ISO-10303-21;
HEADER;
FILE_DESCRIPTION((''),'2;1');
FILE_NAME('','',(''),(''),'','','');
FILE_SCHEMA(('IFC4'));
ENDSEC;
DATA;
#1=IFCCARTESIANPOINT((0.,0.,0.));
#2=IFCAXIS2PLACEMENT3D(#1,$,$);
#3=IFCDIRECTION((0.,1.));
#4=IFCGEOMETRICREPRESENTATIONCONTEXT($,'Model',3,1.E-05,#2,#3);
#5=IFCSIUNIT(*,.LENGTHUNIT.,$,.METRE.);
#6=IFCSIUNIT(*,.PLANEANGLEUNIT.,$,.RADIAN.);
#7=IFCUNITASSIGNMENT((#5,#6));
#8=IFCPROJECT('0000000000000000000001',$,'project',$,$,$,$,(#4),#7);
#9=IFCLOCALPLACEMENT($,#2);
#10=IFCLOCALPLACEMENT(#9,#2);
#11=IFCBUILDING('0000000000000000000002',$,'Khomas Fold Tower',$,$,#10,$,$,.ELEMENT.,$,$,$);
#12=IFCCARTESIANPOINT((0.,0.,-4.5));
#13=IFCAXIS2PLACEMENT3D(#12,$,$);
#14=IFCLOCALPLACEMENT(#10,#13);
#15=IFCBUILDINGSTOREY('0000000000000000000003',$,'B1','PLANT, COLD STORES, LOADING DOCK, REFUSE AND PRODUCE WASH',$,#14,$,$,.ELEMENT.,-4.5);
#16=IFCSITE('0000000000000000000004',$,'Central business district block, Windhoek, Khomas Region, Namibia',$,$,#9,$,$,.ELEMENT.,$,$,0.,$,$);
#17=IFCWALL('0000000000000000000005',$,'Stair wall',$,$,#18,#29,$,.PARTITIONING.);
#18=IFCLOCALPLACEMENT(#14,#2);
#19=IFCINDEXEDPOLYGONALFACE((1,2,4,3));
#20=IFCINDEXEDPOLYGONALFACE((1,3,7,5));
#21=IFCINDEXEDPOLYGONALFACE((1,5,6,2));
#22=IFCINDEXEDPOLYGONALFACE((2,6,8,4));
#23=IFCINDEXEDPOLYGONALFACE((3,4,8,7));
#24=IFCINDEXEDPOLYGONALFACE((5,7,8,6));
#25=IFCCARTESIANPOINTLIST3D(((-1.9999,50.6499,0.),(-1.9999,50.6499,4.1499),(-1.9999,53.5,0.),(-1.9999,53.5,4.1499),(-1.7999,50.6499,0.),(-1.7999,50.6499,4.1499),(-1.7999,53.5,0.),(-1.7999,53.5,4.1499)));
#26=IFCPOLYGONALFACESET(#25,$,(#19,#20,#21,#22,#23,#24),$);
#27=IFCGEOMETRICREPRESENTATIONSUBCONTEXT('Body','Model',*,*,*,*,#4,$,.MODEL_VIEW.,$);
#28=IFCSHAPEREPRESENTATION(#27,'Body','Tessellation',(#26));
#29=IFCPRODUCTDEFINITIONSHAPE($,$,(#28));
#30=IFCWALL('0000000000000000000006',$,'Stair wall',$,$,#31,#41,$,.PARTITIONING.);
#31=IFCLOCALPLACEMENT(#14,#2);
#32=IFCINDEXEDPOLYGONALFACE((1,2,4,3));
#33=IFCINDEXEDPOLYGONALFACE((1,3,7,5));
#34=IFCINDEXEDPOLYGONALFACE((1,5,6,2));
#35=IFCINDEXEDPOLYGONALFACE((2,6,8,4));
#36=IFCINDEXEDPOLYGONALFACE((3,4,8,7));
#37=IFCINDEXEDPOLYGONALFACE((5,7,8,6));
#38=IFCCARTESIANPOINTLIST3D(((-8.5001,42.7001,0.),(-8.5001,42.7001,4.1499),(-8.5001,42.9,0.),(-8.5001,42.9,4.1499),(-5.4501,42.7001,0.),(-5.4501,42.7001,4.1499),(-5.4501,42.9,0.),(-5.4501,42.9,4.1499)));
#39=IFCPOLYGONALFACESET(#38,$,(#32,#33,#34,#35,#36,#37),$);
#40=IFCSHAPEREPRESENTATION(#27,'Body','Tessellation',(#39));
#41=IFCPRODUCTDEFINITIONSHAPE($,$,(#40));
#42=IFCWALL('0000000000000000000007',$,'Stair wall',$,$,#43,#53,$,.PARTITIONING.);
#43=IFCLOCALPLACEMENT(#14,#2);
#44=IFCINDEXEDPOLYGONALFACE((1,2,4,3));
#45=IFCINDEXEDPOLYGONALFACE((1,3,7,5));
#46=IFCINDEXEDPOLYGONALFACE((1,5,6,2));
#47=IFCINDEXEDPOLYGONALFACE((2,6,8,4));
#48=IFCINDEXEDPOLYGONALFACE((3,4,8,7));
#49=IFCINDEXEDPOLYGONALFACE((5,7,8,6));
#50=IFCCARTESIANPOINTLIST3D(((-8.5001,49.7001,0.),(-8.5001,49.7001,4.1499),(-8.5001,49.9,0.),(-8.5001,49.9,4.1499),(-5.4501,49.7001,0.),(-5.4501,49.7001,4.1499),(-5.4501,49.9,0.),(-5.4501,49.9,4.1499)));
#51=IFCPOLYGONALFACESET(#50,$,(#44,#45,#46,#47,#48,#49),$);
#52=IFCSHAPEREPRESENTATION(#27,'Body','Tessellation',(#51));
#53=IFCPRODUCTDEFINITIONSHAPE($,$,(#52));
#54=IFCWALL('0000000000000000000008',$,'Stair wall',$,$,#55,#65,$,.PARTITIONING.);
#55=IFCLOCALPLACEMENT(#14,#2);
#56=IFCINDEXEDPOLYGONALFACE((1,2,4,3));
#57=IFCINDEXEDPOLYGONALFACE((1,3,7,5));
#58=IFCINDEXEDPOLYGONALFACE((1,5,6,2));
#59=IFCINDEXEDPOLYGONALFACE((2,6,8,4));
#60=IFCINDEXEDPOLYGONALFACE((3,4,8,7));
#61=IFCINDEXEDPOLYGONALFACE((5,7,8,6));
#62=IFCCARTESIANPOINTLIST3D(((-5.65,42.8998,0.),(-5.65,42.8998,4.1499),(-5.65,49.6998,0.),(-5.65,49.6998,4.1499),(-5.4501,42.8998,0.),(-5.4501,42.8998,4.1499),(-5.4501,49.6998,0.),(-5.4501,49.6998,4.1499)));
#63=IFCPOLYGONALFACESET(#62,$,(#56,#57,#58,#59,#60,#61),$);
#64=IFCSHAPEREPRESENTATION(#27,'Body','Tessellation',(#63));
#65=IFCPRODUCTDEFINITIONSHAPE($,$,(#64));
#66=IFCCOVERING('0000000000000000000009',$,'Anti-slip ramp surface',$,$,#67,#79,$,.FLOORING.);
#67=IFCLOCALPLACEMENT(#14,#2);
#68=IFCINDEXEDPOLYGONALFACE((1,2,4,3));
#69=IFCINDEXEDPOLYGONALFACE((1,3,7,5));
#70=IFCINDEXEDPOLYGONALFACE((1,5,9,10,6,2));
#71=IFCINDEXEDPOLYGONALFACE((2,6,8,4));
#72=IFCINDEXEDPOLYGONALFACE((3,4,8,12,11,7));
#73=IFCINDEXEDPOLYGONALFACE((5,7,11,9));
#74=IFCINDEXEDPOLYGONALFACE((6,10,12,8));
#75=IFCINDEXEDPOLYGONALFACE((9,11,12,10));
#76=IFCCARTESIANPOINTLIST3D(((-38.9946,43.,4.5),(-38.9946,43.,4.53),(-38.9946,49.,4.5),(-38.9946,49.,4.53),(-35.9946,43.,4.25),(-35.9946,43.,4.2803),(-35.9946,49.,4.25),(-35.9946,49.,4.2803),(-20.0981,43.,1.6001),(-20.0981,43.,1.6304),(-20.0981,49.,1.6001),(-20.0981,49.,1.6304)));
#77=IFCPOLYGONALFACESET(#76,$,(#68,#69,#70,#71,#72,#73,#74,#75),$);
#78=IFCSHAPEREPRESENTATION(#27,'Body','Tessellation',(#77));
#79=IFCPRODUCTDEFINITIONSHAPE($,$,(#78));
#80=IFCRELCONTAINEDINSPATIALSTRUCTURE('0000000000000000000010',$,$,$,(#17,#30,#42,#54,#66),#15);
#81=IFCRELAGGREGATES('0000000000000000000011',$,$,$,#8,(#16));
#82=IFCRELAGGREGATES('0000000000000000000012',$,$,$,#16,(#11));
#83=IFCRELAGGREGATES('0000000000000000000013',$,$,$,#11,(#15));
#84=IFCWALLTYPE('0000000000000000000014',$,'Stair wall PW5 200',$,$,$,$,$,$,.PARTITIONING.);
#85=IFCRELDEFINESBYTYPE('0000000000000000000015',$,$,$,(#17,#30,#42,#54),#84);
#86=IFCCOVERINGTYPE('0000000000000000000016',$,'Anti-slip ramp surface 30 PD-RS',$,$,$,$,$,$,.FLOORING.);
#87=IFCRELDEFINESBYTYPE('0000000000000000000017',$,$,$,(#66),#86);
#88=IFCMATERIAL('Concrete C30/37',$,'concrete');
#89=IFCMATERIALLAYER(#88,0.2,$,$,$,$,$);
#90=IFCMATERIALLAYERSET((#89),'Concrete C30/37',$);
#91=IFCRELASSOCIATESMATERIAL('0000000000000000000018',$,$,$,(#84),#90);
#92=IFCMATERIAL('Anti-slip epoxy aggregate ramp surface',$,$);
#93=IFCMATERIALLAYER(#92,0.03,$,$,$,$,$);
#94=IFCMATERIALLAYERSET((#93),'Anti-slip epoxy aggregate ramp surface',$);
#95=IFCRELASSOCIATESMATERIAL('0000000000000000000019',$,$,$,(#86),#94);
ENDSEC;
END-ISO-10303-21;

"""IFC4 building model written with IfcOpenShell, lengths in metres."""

from ifc_helpers import new_model, si_unit, direction, frame, frame_2d, origin, place, context, subcontext, project, spatial, polyline, rectangle, outline, extrude, source, transform, mapped, material, layer, layer_set, type_object, element, save


model = new_model("IFC4")

# Units and contexts
model_context = context("Model", 3, precision=1e-05, world=origin(), true_north=direction((0.0, 1.0)))
body_context = subcontext(model_context, "Body", "Model", "MODEL_VIEW")
ifc_project = project(units=[si_unit("LENGTHUNIT", "METRE"), si_unit("PLANEANGLEUNIT", "RADIAN")], contexts=[model_context])

# Site, building, storey
site_placement = place(None, origin())
site = spatial("IfcSite", under=ifc_project, at=site_placement, Name="Central business district block, Windhoek, Khomas Region, Namibia", CompositionType="ELEMENT", RefElevation=0.0)
building_placement = place(site_placement, origin())
building = spatial("IfcBuilding", under=site, at=building_placement, Name="Khomas Fold Tower", CompositionType="ELEMENT")
storey_placement = place(building_placement, frame((0.0, 0.0, -4.5)))
storey = spatial("IfcBuildingStorey", under=building, at=storey_placement, Name="B1", Description="PLANT, COLD STORES, LOADING DOCK, REFUSE AND PRODUCE WASH", CompositionType="ELEMENT", Elevation=-4.5)

# Walls
ifc_material_1 = material(Name="Concrete C30/37", Category="concrete")
ifc_layer_1 = layer(ifc_material_1, 0.2)
ifc_layer_set_1 = layer_set([ifc_layer_1], Name="Concrete C30/37")
wall_type_1 = type_object("IfcWallType", Name="Stair wall PW5 200", PredefinedType="PARTITIONING", material=ifc_layer_set_1)
shared_shape_1 = source(origin(), body_context, "Body", "SweptSolid", [
    extrude(rectangle(XDim=2.8501, YDim=0.2, at=frame_2d((1.425, 0.0))), origin(), (0.0, 0.0, 1.0), 4.1499),
])
wall_1_placement = place(storey_placement, frame((-1.8999, 50.6499, 0.0), z_axis=(0.0, 0.0, 1.0), x_axis=(0.0, 1.0, 0.0)))
element("IfcWall", 1, at=wall_1_placement, inside=storey, type_object=wall_type_1, Name="Stair wall", PredefinedType="PARTITIONING", context=body_context, shape_type="MappedRepresentation", body=[
    mapped(shared_shape_1, transform((0.0, 0.0, 0.0))),
])
shared_shape_2 = source(origin(), body_context, "Body", "SweptSolid", [
    extrude(rectangle(XDim=3.05, YDim=0.2, at=frame_2d((1.5249, 0.0))), origin(), (0.0, 0.0, 1.0), 4.1499),
])
for number, where, z_axis, x_axis, name in (
    (2, (-8.5, 42.8, 0.0), (0.0, 0.0, 1.0), (1.0, 0.0, 0.0), "Stair wall"),
    (3, (-8.5, 49.8, 0.0), (0.0, 0.0, 1.0), (1.0, 0.0, 0.0), "Stair wall"),
):
    element("IfcWall", number, at=place(storey_placement, frame(where, z_axis=z_axis, x_axis=x_axis)), inside=storey, type_object=wall_type_1, Name=name, PredefinedType="PARTITIONING", context=body_context, shape_type="MappedRepresentation", body=[
        mapped(shared_shape_2, transform((0.0, 0.0, 0.0))),
    ])
shared_shape_3 = source(origin(), body_context, "Body", "SweptSolid", [
    extrude(rectangle(XDim=6.8, YDim=0.2, at=frame_2d((3.3999, 0.0))), origin(), (0.0, 0.0, 1.0), 4.1499),
])
wall_2_placement = place(storey_placement, frame((-5.55, 42.8999, 0.0), z_axis=(0.0, 0.0, 1.0), x_axis=(0.0, 1.0, 0.0)))
element("IfcWall", 4, at=wall_2_placement, inside=storey, type_object=wall_type_1, Name="Stair wall", PredefinedType="PARTITIONING", context=body_context, shape_type="MappedRepresentation", body=[
    mapped(shared_shape_3, transform((0.0, 0.0, 0.0))),
])

# Covering
ifc_material_2 = material(Name="Anti-slip epoxy aggregate ramp surface")
ifc_layer_2 = layer(ifc_material_2, 0.03)
ifc_layer_set_2 = layer_set([ifc_layer_2], Name="Anti-slip epoxy aggregate ramp surface")
covering_type = type_object("IfcCoveringType", Name="Anti-slip ramp surface 30 PD-RS", PredefinedType="FLOORING", material=ifc_layer_set_2)
covering_placement = place(storey_placement, frame((-38.9946, 49.0, 4.53), z_axis=(0.0, 0.0, 1.0), x_axis=(1.0, 0.0, 0.0)))
element("IfcCovering", 5, at=covering_placement, inside=storey, type_object=covering_type, Name="Anti-slip ramp surface", PredefinedType="FLOORING", context=body_context, shape_type="SweptSolid", body=[
    extrude(outline(polyline([(0.0, 0.0), (3.0, -0.2498), (18.8965, -2.8997), (18.8965, -2.9299), (3.0, -0.28), (0.0, -0.03), (0.0, 0.0)])), frame((0.0, 0.0, 0.0), z_axis=(0.0, -1.0, 0.0), x_axis=(1.0, 0.0, 0.0)), (0.0, 0.0, 1.0), 6.0),
])

save(model, "model.ifc")
